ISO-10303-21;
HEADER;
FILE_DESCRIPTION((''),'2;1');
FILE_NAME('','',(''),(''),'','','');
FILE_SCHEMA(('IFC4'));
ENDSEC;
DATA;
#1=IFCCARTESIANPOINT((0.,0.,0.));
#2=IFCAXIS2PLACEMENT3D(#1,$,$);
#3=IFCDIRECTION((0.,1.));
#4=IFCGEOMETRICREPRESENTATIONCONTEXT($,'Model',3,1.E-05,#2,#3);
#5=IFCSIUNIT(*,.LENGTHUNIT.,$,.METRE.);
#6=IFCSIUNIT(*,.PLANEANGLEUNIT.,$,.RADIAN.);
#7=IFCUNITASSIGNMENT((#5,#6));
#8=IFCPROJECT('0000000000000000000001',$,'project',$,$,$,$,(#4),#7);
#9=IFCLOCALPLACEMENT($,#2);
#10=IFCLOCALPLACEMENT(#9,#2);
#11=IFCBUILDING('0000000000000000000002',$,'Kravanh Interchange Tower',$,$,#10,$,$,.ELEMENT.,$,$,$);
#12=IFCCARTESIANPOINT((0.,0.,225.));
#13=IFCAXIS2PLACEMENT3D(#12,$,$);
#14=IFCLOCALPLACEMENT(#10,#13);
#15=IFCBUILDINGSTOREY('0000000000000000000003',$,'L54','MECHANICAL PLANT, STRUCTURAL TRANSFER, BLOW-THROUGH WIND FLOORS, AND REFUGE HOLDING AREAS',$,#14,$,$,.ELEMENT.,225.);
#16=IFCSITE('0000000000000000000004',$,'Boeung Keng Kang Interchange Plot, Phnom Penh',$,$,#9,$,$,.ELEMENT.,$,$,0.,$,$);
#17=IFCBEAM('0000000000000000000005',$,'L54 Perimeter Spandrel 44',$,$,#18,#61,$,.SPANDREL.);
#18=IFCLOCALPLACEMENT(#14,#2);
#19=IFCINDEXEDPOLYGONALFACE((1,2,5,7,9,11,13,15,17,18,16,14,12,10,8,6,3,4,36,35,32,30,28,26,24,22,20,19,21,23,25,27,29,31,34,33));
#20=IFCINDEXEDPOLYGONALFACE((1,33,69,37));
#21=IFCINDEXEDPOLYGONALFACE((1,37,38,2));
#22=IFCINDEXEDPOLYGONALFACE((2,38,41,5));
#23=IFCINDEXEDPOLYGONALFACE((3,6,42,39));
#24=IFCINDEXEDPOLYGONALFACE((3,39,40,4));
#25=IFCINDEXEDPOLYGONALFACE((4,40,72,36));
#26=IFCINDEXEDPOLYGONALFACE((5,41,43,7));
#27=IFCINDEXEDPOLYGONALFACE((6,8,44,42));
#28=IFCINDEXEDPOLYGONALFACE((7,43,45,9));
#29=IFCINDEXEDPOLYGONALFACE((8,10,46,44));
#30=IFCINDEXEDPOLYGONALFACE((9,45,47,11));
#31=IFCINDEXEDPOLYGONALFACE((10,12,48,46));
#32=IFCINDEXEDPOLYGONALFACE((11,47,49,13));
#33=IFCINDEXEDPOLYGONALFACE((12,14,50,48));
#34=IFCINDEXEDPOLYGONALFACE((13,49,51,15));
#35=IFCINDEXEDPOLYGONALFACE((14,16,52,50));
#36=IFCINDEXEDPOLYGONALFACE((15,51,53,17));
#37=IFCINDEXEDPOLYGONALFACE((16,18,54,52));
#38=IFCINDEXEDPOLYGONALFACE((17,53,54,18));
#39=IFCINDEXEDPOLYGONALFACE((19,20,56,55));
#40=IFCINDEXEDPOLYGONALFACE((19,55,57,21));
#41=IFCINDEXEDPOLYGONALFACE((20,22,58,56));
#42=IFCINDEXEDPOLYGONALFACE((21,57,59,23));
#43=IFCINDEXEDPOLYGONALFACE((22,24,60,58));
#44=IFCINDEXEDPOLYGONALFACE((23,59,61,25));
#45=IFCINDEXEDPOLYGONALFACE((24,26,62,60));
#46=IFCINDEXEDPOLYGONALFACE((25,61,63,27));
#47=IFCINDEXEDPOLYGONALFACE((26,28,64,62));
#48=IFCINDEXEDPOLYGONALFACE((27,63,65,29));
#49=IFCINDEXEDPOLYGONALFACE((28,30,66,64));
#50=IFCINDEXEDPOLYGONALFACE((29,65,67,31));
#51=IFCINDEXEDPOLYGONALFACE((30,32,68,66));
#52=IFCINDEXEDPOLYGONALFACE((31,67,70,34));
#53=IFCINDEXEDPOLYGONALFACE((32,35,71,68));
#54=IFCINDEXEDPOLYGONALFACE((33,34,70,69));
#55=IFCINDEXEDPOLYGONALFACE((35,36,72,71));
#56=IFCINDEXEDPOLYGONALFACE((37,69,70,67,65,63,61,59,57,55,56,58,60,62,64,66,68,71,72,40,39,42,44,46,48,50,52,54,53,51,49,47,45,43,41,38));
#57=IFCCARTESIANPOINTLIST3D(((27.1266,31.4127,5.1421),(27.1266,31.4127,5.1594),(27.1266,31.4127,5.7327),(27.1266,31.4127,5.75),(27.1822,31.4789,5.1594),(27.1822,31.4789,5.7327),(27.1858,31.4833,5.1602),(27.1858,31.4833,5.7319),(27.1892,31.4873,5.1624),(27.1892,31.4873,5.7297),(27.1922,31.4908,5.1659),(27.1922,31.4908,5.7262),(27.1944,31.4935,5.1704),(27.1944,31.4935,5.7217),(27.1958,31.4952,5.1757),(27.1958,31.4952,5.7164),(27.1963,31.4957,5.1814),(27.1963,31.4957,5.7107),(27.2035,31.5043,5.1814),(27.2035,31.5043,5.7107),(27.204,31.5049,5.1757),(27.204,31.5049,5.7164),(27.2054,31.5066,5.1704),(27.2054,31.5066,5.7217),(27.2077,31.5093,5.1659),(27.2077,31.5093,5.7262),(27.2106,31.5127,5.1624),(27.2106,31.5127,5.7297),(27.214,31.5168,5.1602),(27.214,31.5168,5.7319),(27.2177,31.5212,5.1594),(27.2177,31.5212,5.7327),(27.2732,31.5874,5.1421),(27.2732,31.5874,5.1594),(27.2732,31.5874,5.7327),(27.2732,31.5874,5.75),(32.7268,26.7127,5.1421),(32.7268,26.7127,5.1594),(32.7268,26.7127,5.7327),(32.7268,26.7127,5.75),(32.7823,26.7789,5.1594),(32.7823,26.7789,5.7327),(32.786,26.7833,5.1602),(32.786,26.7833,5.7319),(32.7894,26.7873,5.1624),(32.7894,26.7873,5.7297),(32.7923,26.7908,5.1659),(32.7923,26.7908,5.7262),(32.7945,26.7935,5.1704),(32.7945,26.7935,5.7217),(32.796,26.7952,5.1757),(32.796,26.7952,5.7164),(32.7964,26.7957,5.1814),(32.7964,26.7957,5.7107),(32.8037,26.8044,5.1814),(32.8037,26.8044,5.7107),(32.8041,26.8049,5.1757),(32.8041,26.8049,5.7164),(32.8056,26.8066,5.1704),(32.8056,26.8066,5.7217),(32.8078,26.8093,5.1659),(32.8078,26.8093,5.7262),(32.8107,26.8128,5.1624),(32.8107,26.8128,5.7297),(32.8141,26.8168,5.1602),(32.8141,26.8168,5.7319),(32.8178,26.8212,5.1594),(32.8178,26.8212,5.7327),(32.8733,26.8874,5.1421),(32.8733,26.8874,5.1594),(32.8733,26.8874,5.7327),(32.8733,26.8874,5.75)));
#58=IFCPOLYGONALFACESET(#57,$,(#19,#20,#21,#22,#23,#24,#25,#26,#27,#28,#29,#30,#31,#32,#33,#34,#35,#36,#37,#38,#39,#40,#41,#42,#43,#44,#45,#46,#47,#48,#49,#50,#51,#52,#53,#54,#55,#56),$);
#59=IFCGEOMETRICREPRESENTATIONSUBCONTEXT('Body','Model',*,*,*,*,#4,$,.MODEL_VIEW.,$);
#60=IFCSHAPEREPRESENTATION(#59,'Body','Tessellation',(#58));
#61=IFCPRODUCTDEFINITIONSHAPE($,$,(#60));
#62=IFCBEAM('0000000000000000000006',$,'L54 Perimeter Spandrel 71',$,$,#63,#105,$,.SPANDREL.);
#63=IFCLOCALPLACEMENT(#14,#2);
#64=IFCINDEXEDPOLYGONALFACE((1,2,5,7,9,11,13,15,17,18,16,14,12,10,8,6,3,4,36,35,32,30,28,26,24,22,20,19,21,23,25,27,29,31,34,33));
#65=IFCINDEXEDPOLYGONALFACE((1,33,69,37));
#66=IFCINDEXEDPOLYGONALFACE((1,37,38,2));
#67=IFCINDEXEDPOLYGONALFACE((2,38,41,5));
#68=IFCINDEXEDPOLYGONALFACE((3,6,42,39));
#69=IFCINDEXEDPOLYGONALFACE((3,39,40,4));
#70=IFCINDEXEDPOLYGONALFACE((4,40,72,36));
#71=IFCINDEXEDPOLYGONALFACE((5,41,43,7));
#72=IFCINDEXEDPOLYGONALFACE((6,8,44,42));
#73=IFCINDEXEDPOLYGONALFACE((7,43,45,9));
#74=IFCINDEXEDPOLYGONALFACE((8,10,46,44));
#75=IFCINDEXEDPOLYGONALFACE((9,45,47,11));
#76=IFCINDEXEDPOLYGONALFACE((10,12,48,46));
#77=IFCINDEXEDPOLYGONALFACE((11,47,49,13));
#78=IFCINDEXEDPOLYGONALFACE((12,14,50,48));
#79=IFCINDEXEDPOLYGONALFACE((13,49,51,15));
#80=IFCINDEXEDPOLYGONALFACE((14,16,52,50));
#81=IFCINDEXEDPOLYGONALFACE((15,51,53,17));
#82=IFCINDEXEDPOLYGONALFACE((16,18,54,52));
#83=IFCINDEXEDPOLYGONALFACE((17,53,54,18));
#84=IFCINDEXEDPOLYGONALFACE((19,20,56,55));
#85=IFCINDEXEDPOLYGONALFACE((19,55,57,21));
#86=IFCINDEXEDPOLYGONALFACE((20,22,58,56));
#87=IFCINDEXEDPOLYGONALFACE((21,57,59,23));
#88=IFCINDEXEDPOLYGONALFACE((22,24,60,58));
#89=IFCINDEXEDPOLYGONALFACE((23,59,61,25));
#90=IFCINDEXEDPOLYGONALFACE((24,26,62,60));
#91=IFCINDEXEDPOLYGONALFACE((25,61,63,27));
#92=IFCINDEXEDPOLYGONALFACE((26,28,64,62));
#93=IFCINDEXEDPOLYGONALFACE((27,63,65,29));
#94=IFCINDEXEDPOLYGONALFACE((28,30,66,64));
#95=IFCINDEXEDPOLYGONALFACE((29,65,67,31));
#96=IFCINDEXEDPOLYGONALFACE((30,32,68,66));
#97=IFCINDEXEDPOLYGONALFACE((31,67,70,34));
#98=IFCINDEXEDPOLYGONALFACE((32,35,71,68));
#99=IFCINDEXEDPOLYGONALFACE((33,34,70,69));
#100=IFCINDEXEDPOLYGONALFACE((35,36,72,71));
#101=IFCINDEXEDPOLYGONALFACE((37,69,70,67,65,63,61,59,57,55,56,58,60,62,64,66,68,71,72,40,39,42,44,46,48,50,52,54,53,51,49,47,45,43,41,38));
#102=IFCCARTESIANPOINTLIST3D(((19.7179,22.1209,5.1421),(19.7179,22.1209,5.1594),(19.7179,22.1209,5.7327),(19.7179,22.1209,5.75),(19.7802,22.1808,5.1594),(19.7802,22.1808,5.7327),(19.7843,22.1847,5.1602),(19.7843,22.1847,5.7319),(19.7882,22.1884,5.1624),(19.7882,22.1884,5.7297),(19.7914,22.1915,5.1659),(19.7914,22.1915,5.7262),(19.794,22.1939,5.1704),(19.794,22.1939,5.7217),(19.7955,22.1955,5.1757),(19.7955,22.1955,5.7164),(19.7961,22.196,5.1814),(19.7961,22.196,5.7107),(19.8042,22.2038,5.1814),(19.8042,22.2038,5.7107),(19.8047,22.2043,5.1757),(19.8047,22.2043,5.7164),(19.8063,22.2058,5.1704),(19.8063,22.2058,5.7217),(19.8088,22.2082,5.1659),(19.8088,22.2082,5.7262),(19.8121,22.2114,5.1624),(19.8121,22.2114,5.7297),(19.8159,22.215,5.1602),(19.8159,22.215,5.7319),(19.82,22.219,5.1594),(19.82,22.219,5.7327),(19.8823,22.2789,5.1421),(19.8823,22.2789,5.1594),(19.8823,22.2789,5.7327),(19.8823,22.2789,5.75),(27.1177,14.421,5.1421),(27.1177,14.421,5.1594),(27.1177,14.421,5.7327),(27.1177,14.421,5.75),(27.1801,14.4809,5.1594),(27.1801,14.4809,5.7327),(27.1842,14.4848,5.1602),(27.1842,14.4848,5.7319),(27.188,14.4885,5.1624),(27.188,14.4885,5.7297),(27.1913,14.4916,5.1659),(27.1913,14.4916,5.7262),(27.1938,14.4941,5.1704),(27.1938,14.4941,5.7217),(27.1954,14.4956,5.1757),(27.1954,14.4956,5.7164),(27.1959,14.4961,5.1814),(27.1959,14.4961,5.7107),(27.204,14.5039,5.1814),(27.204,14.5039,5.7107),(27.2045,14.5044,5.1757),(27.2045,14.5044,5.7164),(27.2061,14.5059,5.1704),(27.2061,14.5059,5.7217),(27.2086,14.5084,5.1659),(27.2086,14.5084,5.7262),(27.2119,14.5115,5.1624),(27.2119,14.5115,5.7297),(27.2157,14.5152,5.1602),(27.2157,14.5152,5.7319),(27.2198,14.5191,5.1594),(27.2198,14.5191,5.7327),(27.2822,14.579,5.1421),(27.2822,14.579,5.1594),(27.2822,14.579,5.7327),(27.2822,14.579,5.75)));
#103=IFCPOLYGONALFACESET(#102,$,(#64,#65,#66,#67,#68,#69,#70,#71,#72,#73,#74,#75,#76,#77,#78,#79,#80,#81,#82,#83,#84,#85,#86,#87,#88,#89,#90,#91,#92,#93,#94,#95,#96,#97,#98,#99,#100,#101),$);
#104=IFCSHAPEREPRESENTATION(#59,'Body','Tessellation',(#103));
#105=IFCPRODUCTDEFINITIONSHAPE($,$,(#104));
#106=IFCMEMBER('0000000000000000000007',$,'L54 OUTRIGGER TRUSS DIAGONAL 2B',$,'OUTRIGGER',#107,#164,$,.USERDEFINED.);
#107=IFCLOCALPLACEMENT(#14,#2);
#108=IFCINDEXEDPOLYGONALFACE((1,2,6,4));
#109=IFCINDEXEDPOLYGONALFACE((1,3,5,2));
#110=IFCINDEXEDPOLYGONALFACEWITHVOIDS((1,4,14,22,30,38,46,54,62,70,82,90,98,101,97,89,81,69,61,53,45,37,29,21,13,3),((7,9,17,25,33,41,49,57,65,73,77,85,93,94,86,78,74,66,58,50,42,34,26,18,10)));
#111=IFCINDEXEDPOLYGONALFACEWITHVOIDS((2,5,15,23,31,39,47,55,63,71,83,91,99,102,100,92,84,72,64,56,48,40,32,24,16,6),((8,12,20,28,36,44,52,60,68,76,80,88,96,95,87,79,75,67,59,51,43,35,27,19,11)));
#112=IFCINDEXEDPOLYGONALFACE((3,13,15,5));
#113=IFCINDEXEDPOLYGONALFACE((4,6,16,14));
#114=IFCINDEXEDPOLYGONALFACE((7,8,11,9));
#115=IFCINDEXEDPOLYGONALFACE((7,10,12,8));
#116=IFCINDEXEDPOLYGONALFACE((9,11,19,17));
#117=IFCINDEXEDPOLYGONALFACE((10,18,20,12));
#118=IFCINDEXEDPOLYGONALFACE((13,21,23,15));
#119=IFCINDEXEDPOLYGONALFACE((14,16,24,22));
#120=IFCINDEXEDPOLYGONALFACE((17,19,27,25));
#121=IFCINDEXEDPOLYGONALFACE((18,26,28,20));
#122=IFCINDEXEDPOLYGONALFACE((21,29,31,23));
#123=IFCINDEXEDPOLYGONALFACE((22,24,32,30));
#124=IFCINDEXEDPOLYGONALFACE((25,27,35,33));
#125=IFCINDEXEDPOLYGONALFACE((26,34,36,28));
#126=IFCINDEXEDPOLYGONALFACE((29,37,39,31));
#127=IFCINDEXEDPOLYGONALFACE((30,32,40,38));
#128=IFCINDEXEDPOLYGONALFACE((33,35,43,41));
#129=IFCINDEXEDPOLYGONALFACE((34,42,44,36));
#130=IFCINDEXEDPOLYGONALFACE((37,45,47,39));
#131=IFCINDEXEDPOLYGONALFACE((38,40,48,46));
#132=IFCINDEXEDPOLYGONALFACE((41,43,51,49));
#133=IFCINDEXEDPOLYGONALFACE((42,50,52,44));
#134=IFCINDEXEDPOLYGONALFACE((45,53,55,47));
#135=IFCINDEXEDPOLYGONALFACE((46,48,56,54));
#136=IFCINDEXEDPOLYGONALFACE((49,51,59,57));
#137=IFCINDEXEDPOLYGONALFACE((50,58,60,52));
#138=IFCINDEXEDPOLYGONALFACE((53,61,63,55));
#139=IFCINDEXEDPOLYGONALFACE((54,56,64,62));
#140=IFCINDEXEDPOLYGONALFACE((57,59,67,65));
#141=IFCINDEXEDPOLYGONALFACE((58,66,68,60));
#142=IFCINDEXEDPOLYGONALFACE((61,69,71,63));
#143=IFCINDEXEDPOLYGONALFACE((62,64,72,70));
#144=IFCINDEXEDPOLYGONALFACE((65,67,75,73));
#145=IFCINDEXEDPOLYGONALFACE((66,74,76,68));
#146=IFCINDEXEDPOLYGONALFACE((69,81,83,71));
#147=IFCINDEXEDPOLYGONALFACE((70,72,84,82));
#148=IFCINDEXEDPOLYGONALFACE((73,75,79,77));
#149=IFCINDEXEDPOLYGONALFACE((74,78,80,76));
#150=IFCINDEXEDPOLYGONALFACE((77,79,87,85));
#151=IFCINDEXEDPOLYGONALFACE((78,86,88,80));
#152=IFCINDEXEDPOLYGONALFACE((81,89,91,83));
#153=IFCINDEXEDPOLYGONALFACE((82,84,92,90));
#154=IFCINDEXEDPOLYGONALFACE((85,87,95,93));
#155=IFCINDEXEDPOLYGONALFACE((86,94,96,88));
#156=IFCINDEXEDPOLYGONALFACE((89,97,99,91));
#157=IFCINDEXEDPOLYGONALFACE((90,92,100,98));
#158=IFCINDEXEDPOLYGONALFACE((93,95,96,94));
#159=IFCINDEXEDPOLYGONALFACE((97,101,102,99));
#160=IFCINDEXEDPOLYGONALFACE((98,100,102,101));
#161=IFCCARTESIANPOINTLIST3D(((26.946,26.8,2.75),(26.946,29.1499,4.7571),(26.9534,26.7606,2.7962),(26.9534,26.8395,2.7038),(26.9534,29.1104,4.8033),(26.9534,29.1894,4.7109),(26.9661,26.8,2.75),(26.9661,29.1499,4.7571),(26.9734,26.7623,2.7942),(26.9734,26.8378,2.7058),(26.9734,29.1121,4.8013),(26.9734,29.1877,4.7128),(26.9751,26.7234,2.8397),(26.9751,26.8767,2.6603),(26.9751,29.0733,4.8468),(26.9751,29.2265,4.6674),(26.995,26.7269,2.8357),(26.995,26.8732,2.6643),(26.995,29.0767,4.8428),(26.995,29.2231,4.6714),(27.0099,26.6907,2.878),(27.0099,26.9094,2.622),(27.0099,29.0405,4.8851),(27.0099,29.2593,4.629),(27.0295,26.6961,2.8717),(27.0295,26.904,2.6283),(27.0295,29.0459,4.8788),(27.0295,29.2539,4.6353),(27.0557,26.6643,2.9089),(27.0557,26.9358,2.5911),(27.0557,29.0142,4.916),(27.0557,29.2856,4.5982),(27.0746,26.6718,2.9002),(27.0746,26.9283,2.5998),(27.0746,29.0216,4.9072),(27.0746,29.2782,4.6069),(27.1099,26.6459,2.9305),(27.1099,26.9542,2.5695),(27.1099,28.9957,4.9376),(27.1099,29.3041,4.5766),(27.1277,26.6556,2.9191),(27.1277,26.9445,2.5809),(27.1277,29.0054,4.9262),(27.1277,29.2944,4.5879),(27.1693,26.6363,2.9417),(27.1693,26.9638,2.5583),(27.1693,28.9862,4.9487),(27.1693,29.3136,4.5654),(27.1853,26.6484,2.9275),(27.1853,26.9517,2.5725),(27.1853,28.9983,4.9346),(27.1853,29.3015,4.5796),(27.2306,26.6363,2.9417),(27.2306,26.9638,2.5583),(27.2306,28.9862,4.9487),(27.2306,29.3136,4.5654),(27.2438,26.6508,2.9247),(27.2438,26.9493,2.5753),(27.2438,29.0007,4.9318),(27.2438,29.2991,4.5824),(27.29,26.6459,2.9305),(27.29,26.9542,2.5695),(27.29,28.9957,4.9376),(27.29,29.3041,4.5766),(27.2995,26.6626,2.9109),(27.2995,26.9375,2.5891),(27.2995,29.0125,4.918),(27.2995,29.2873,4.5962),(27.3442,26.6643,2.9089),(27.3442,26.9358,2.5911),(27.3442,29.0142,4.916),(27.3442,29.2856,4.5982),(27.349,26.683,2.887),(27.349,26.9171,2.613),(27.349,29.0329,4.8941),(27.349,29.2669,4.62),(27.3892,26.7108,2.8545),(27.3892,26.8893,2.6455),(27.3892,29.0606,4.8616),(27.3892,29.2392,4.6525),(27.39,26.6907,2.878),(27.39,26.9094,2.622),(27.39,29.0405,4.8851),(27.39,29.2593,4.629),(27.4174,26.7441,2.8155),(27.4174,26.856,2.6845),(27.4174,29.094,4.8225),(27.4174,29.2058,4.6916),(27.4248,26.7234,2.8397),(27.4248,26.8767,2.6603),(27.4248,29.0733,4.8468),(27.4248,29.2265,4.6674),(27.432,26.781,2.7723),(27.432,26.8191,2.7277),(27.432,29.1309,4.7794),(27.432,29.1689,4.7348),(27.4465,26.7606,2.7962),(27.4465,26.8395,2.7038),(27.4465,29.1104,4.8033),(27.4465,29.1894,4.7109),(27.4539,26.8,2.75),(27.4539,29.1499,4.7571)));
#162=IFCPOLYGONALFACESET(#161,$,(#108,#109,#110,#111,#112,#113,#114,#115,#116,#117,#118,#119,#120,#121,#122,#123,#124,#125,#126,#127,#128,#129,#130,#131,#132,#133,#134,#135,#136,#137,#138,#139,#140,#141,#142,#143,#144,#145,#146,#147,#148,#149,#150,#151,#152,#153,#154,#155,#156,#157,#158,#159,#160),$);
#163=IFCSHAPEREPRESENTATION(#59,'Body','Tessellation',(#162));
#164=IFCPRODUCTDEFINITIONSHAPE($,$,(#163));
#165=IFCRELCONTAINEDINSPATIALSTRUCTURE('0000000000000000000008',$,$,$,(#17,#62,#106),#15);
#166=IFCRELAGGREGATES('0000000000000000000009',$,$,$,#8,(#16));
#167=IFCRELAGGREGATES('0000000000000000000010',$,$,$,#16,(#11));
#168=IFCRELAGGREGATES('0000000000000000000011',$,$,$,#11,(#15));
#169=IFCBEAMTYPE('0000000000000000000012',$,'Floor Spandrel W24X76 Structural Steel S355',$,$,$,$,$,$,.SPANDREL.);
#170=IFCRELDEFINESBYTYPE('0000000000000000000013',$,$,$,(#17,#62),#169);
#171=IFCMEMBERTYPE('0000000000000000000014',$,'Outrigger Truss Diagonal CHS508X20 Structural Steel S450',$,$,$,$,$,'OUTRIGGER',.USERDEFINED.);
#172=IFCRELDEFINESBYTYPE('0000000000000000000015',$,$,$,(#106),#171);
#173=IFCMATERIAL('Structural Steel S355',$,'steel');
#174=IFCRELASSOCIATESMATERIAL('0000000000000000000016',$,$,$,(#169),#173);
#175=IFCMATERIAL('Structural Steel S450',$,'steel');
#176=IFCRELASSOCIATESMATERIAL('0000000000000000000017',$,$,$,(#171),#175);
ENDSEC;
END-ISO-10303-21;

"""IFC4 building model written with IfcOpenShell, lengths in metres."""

from ifc_helpers import new_model, si_unit, direction, frame, origin, origin_2d, place, context, subcontext, project, spatial, hollow_circle, i_section, extrude, material, material_profile, profile_set, type_object, element, save


model = new_model("IFC4")

# Units and contexts
model_context = context("Model", 3, precision=1e-05, world=origin(), true_north=direction((0.0, 1.0)))
body_context = subcontext(model_context, "Body", "Model", "MODEL_VIEW")
ifc_project = project(units=[si_unit("LENGTHUNIT", "METRE"), si_unit("PLANEANGLEUNIT", "RADIAN")], contexts=[model_context])

# Site, building, storey
site_placement = place(None, origin())
site = spatial("IfcSite", under=ifc_project, at=site_placement, Name="Boeung Keng Kang Interchange Plot, Phnom Penh", CompositionType="ELEMENT", RefElevation=0.0)
building_placement = place(site_placement, origin())
building = spatial("IfcBuilding", under=site, at=building_placement, Name="Kravanh Interchange Tower", CompositionType="ELEMENT")
storey_placement = place(building_placement, frame((0.0, 0.0, 225.0)))
storey = spatial("IfcBuildingStorey", under=building, at=storey_placement, Name="L54", Description="MECHANICAL PLANT, STRUCTURAL TRANSFER, BLOW-THROUGH WIND FLOORS, AND REFUGE HOLDING AREAS", CompositionType="ELEMENT", Elevation=225.0)

# Beams
ifc_material_1 = material(Name="Structural Steel S355", Category="steel")
ifc_material_profile_1 = material_profile(ifc_material_1, i_section(OverallWidth=0.228, OverallDepth=0.6079, WebThickness=0.0112, FlangeThickness=0.0173, FilletRadius=0.022, at=origin_2d()), Name="W24X76")
ifc_profile_set_1 = profile_set([ifc_material_profile_1], Name="Structural Steel S355")
beam_type_1 = type_object("IfcBeamType", Name="Floor Spandrel W24X76 Structural Steel S355", PredefinedType="SPANDREL", material=ifc_profile_set_1)
beam_1_placement = place(storey_placement, frame((32.8, 26.8, 5.446), z_axis=(-0.765983, 0.642861, 0.0), x_axis=(-0.642861, -0.765983, 0.0)))
element("IfcBeam", 1, at=beam_1_placement, inside=storey, type_object=beam_type_1, Name="L54 Perimeter Spandrel 44", PredefinedType="SPANDREL", context=body_context, shape_type="SweptSolid", body=[
    extrude(i_section(OverallWidth=0.228, OverallDepth=0.6079, WebThickness=0.0112, FlangeThickness=0.0173, FilletRadius=0.022, at=origin_2d()), origin(), (0.0, 0.0, 1.0), 7.311),
])
beam_2_placement = place(storey_placement, frame((27.2, 14.5, 5.446), z_axis=(-0.692919, 0.721015, 0.0), x_axis=(-0.721015, -0.692919, 0.0)))
element("IfcBeam", 2, at=beam_2_placement, inside=storey, type_object=beam_type_1, Name="L54 Perimeter Spandrel 71", PredefinedType="SPANDREL", context=body_context, shape_type="SweptSolid", body=[
    extrude(i_section(OverallWidth=0.228, OverallDepth=0.6079, WebThickness=0.0112, FlangeThickness=0.0173, FilletRadius=0.022, at=origin_2d()), origin(), (0.0, 0.0, 1.0), 10.6792),
])

# Member
ifc_material_2 = material(Name="Structural Steel S450", Category="steel")
ifc_material_profile_2 = material_profile(ifc_material_2, hollow_circle(Radius=0.2539, WallThickness=0.02, at=origin_2d()), Name="CHS508X20")
ifc_profile_set_2 = profile_set([ifc_material_profile_2], Name="Structural Steel S450")
member_type_1 = type_object("IfcMemberType", Name="Outrigger Truss Diagonal CHS508X20 Structural Steel S450", ElementType="OUTRIGGER", PredefinedType="USERDEFINED", material=ifc_profile_set_2)
for number, where, z_axis, x_axis, name in (
    (3, (27.2, 26.8, 2.75), (0.0, 0.760387, 0.64947), (-1.0, 0.0, 0.0), "L54 OUTRIGGER TRUSS DIAGONAL 2B"),
):
    element("IfcMember", number, at=place(storey_placement, frame(where, z_axis=z_axis, x_axis=x_axis)), inside=storey, type_object=member_type_1, Name=name, ObjectType="OUTRIGGER", PredefinedType="USERDEFINED", context=body_context, shape_type="SweptSolid", body=[
        extrude(hollow_circle(Radius=0.2539, WallThickness=0.02, at=origin_2d()), origin(), (0.0, 0.0, 1.0), 3.0903),
    ])

save(model, "model.ifc")
